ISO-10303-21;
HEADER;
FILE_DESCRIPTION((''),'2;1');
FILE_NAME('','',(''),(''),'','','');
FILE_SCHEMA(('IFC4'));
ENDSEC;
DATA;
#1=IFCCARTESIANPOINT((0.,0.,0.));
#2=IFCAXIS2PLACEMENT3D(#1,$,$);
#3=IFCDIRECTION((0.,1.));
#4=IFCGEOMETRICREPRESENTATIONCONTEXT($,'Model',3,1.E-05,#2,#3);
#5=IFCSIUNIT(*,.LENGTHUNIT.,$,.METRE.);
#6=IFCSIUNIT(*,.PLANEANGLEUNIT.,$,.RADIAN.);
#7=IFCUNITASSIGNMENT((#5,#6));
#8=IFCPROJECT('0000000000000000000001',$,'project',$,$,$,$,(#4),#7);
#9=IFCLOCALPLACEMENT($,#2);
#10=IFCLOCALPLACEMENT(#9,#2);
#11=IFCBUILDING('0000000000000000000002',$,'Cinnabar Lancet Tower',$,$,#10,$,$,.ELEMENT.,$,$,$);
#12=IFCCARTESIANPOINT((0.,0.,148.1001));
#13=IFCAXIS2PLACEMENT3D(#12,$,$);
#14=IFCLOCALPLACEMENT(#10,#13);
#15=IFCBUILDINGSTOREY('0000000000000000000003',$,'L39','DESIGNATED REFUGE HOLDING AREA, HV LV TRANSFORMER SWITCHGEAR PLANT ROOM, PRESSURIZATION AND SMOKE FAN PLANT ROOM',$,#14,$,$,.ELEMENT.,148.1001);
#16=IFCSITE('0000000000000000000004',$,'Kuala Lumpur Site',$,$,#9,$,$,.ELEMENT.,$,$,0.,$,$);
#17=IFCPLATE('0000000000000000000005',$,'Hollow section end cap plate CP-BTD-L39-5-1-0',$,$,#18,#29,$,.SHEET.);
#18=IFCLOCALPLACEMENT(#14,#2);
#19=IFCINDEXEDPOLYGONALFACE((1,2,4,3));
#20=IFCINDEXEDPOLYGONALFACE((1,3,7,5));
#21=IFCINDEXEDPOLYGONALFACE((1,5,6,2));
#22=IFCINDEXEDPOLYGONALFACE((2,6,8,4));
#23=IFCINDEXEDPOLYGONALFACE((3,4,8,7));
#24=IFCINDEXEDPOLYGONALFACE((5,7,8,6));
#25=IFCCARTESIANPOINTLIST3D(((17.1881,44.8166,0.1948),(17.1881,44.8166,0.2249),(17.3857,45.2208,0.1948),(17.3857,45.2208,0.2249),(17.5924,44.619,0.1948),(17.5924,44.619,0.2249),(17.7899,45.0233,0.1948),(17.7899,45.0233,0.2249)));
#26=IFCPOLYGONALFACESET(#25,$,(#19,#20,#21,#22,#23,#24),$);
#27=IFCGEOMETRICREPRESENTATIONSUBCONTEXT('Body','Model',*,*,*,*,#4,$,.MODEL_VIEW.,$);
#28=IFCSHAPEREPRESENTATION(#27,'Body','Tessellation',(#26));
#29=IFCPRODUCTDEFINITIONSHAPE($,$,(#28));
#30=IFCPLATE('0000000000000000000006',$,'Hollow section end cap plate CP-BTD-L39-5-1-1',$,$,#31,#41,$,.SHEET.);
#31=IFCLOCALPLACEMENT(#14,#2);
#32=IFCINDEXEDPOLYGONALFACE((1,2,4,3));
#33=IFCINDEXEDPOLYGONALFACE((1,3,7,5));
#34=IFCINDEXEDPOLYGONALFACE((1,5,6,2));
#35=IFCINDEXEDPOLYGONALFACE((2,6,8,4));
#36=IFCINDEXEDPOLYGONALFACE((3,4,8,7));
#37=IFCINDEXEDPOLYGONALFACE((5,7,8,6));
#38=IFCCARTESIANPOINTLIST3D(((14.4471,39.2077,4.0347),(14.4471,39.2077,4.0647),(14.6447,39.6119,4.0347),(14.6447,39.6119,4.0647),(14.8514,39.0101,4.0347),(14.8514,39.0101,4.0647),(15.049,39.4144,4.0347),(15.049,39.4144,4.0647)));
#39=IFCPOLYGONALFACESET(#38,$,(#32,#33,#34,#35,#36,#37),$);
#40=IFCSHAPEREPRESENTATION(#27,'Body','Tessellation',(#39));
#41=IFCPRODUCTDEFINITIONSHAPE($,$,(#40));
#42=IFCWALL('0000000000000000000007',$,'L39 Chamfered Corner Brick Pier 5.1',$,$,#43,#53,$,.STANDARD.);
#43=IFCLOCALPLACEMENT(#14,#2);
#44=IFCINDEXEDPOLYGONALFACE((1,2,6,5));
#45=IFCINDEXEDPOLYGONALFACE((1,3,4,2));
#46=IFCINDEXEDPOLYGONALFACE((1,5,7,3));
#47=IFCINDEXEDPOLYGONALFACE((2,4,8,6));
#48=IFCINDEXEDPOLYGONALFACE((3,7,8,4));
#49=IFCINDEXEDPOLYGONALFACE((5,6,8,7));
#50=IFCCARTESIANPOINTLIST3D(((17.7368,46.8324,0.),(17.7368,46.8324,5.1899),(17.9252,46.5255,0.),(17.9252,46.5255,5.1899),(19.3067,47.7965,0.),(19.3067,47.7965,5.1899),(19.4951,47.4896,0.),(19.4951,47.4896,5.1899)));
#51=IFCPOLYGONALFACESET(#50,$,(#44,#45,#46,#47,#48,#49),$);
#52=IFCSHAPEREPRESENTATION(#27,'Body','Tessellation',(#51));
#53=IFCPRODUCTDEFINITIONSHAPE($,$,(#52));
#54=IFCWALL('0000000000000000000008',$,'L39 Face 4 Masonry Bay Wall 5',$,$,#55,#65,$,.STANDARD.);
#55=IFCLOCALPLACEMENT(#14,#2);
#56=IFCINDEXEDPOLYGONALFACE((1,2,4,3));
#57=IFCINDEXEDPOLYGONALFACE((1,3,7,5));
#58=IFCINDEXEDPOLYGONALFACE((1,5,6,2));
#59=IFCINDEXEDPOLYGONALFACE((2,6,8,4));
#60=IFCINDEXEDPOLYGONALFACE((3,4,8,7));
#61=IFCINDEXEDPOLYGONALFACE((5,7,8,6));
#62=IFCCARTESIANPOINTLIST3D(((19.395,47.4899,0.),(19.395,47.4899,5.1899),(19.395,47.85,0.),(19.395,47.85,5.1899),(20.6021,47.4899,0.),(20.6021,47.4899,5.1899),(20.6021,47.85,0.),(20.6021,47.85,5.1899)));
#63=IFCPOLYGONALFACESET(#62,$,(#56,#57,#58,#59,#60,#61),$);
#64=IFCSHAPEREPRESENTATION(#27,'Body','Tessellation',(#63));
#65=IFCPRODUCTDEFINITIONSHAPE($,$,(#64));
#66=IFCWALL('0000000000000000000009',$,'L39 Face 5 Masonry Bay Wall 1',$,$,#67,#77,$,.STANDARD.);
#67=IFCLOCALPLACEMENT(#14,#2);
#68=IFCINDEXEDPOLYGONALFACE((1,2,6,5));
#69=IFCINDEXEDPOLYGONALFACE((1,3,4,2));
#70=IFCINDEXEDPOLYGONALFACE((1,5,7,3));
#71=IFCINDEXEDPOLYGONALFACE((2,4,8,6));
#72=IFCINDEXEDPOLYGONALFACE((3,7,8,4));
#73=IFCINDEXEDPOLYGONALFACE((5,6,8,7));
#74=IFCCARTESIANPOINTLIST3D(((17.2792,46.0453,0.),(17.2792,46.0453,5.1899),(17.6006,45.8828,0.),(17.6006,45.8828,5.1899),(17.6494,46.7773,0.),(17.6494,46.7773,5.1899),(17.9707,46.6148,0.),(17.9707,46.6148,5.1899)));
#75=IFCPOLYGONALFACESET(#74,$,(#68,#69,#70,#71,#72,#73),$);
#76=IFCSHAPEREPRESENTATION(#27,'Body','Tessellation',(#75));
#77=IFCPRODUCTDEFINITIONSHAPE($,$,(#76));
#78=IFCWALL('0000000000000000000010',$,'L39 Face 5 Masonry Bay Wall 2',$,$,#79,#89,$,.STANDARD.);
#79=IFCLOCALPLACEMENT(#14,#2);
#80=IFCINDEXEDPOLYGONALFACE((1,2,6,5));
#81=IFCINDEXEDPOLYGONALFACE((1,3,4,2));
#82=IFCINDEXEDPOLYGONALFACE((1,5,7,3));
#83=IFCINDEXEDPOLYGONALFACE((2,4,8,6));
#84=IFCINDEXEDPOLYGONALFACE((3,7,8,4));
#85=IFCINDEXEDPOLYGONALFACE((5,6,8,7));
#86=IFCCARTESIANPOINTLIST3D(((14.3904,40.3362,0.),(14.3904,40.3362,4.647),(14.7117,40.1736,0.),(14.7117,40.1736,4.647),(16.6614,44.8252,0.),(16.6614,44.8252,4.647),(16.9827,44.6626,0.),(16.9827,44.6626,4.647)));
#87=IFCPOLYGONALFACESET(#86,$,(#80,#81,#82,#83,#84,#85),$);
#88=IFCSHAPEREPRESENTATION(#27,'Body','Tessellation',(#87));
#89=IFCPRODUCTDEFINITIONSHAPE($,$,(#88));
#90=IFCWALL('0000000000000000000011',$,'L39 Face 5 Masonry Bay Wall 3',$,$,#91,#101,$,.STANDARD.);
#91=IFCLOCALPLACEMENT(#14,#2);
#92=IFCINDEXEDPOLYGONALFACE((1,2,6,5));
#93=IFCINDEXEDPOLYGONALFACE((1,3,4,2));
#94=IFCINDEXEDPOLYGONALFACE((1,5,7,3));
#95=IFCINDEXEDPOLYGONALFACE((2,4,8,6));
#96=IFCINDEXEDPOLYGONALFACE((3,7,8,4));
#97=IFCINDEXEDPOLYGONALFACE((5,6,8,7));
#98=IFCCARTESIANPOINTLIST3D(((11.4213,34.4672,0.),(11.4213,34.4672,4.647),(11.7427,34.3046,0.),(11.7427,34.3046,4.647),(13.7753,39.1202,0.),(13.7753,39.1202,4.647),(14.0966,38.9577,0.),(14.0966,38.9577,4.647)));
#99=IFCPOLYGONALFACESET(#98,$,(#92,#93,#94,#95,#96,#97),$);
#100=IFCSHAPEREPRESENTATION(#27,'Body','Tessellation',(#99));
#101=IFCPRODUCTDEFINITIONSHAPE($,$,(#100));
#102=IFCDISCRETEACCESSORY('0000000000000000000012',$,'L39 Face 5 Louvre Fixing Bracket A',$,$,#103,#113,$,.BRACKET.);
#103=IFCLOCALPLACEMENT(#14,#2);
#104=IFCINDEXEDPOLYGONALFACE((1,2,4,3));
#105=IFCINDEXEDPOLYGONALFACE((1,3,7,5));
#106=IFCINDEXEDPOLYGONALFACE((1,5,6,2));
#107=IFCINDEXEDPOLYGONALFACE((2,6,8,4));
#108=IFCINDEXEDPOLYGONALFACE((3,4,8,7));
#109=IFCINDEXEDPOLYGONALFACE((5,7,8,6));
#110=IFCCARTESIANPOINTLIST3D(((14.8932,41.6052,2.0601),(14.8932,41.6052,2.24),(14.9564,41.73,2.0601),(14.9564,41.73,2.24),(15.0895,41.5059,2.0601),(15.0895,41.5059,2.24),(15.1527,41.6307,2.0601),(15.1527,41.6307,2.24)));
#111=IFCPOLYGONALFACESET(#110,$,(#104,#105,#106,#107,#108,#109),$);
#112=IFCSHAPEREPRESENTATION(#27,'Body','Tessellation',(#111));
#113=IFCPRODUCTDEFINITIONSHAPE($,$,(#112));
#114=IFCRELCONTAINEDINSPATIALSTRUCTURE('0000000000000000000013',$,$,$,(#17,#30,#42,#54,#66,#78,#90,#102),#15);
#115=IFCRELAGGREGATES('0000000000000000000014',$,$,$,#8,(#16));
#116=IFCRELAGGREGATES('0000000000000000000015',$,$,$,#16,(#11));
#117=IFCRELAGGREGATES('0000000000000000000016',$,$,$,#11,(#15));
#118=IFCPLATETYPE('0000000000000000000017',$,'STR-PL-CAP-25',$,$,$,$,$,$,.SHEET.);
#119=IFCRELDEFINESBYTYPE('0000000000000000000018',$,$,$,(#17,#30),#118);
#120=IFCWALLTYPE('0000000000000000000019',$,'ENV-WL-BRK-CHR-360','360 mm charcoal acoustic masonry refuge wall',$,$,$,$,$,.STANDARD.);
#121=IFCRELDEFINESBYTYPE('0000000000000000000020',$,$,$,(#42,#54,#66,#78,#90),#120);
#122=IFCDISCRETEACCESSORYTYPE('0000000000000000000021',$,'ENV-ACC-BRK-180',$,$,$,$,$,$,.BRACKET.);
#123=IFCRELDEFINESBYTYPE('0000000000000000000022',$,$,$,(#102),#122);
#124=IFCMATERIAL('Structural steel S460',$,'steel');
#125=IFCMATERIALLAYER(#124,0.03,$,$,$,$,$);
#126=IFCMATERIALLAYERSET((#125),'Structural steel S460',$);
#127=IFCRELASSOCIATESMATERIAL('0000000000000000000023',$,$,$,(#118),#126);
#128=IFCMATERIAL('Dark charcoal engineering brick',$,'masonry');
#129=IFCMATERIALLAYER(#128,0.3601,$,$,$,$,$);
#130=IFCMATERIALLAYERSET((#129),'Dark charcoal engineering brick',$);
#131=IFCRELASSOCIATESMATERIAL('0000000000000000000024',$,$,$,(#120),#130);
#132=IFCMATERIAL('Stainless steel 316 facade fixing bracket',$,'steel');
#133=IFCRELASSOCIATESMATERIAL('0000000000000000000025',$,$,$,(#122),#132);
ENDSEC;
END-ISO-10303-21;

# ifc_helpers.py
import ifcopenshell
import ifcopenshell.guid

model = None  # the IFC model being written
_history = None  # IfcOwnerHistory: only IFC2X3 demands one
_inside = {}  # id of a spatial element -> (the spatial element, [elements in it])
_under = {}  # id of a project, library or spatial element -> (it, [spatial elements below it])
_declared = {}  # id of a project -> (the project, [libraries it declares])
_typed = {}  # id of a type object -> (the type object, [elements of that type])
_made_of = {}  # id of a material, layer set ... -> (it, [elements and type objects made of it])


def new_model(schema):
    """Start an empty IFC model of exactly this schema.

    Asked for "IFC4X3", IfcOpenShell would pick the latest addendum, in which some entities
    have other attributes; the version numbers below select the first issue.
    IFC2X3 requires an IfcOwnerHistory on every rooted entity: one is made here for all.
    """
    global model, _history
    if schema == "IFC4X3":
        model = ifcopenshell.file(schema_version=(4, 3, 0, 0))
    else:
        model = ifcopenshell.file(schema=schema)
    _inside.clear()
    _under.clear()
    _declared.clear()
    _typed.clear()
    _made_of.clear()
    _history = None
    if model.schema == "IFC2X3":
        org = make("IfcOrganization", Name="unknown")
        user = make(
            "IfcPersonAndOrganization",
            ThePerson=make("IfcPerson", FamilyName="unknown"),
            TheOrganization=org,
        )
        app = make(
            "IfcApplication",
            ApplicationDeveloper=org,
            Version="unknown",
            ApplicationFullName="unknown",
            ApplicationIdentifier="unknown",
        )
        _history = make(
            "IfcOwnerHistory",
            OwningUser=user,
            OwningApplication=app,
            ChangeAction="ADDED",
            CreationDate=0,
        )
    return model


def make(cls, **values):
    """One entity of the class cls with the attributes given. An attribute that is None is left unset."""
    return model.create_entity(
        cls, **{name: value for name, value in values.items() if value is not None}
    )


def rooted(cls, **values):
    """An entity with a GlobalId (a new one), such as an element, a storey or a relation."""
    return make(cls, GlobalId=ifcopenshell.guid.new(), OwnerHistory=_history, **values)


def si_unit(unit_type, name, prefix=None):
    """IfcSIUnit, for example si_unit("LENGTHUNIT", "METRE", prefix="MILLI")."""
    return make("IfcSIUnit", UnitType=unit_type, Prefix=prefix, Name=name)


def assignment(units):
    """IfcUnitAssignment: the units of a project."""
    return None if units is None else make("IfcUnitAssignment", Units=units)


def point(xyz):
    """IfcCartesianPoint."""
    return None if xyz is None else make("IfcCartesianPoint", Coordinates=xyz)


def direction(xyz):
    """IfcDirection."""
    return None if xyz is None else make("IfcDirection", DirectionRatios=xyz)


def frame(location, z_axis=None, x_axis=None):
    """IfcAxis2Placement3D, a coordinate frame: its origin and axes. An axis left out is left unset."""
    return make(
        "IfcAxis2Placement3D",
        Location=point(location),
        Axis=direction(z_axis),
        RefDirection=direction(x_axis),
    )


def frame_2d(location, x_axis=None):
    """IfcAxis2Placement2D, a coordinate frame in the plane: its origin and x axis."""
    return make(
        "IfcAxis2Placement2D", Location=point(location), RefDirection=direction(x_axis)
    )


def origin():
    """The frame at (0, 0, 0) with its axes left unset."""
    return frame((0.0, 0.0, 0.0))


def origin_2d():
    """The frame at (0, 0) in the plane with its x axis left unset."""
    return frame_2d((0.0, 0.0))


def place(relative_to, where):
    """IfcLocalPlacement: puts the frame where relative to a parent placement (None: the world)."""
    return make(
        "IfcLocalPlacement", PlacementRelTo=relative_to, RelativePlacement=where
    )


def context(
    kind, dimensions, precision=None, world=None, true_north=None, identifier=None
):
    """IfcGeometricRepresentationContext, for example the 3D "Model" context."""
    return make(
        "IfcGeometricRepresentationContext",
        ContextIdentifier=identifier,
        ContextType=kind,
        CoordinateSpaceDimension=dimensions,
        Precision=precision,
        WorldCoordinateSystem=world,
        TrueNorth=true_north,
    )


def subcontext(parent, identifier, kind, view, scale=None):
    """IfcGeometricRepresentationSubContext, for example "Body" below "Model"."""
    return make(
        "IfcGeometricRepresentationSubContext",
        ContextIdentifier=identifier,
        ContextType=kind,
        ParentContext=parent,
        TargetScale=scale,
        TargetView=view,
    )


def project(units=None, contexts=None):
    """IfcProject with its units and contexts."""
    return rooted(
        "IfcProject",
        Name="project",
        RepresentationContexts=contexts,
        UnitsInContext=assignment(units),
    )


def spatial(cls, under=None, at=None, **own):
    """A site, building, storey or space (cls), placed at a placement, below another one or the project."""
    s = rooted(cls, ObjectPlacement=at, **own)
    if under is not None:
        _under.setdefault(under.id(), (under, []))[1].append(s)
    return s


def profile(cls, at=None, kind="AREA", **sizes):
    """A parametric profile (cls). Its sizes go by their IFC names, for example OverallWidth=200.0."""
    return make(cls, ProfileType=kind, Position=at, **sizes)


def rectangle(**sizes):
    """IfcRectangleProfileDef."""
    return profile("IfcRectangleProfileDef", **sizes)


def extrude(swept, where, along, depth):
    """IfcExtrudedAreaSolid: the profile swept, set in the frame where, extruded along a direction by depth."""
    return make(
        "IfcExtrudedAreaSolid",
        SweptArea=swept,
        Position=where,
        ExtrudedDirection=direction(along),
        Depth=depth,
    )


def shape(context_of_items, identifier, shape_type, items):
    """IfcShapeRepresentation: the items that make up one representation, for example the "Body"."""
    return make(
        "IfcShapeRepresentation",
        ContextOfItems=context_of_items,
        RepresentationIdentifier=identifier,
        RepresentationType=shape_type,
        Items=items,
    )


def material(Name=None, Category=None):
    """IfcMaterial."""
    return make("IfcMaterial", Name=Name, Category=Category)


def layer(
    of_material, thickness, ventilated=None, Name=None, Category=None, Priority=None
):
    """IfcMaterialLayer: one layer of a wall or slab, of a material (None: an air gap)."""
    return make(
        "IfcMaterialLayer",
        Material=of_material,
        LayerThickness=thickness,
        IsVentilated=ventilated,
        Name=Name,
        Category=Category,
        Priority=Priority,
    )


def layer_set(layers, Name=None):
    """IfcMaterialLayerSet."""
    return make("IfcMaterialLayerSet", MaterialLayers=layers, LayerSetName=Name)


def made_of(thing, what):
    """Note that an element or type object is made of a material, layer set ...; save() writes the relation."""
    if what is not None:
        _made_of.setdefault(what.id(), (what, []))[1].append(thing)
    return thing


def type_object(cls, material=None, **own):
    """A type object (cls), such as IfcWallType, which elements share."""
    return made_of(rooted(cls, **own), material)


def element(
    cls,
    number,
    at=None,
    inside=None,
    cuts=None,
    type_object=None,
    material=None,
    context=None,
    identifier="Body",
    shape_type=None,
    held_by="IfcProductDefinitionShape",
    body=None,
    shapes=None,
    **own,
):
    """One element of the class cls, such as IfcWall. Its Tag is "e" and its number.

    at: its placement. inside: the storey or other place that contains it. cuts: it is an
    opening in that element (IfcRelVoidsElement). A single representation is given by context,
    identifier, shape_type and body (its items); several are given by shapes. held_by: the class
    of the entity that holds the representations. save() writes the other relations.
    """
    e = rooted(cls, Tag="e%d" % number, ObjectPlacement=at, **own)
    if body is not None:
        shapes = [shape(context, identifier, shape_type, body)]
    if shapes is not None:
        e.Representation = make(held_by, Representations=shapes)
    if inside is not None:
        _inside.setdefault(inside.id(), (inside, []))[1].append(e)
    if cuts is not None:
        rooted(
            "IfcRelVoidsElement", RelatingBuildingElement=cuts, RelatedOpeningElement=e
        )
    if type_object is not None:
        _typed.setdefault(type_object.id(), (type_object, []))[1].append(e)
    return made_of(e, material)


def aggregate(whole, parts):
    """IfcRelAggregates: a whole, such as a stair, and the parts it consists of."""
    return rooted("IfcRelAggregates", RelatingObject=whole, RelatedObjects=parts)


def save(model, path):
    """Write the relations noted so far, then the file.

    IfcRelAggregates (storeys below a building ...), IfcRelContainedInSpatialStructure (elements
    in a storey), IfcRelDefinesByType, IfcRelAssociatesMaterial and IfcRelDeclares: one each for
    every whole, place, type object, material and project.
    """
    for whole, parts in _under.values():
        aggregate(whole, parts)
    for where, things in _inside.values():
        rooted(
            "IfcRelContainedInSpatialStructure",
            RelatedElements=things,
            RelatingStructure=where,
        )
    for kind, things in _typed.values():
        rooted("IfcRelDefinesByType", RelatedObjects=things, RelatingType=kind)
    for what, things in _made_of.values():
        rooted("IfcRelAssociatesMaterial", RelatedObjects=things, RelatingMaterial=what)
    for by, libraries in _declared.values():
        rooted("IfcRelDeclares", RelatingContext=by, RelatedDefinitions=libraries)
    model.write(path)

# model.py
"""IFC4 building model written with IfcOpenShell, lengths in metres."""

from ifc_helpers import new_model, si_unit, direction, frame, frame_2d, origin, origin_2d, place, context, subcontext, project, spatial, rectangle, extrude, material, layer, layer_set, type_object, element, save


model = new_model("IFC4")

# Units and contexts
model_context = context("Model", 3, precision=1e-05, world=origin(), true_north=direction((0.0, 1.0)))
body_context = subcontext(model_context, "Body", "Model", "MODEL_VIEW")
ifc_project = project(units=[si_unit("LENGTHUNIT", "METRE"), si_unit("PLANEANGLEUNIT", "RADIAN")], contexts=[model_context])

# Site, building, storey
site_placement = place(None, origin())
site = spatial("IfcSite", under=ifc_project, at=site_placement, Name="Kuala Lumpur Site", CompositionType="ELEMENT", RefElevation=0.0)
building_placement = place(site_placement, origin())
building = spatial("IfcBuilding", under=site, at=building_placement, Name="Cinnabar Lancet Tower", CompositionType="ELEMENT")
storey_placement = place(building_placement, frame((0.0, 0.0, 148.1001)))
storey = spatial("IfcBuildingStorey", under=building, at=storey_placement, Name="L39", Description="DESIGNATED REFUGE HOLDING AREA, HV LV TRANSFORMER SWITCHGEAR PLANT ROOM, PRESSURIZATION AND SMOKE FAN PLANT ROOM", CompositionType="ELEMENT", Elevation=148.1001)

# Plates
ifc_material_1 = material(Name="Structural steel S460", Category="steel")
ifc_layer_1 = layer(ifc_material_1, 0.03)
ifc_layer_set_1 = layer_set([ifc_layer_1], Name="Structural steel S460")
plate_type = type_object("IfcPlateType", Name="STR-PL-CAP-25", PredefinedType="SHEET", material=ifc_layer_set_1)
for number, where, z_axis, x_axis, name in (
    (1, (17.489, 44.9199, 0.1948), (0.0, 0.0, 1.0), (0.439061, 0.898457, 0.0), "Hollow section end cap plate CP-BTD-L39-5-1-0"),
    (2, (14.748, 39.311, 4.0347), (0.0, 0.0, 1.0), (-0.439061, -0.898457, 0.0), "Hollow section end cap plate CP-BTD-L39-5-1-1"),
):
    element("IfcPlate", number, at=place(storey_placement, frame(where, z_axis=z_axis, x_axis=x_axis)), inside=storey, type_object=plate_type, Name=name, PredefinedType="SHEET", context=body_context, shape_type="SweptSolid", body=[
        extrude(rectangle(XDim=0.45, YDim=0.45, at=origin_2d()), origin(), (0.0, 0.0, 1.0), 0.03),
    ])

# Walls
ifc_material_2 = material(Name="Dark charcoal engineering brick", Category="masonry")
ifc_layer_2 = layer(ifc_material_2, 0.3601)
ifc_layer_set_2 = layer_set([ifc_layer_2], Name="Dark charcoal engineering brick")
wall_type = type_object("IfcWallType", Name="ENV-WL-BRK-CHR-360", Description="360 mm charcoal acoustic masonry refuge wall", PredefinedType="STANDARD", material=ifc_layer_set_2)
wall_1_placement = place(storey_placement, frame((19.4009, 47.6431, 0.0), z_axis=(0.0, 0.0, 1.0), x_axis=(-0.852127, -0.523336, 0.0)))
element("IfcWall", 3, at=wall_1_placement, inside=storey, type_object=wall_type, Name="L39 Chamfered Corner Brick Pier 5.1", PredefinedType="STANDARD", context=body_context, shape_type="SweptSolid", body=[
    extrude(rectangle(XDim=1.8423, YDim=0.3601, at=frame_2d((0.9211, 0.0))), origin(), (0.0, 0.0, 1.0), 5.1899),
])
wall_2_placement = place(storey_placement, frame((20.6021, 47.6699, 0.0), z_axis=(0.0, 0.0, 1.0), x_axis=(-1.0, 0.0, 0.0)))
element("IfcWall", 4, at=wall_2_placement, inside=storey, type_object=wall_type, Name="L39 Face 4 Masonry Bay Wall 5", PredefinedType="STANDARD", context=body_context, shape_type="SweptSolid", body=[
    extrude(rectangle(XDim=1.207, YDim=0.3601, at=frame_2d((0.6035, 0.0))), origin(), (0.0, 0.0, 1.0), 5.1899),
])
wall_3_placement = place(storey_placement, frame((17.8101, 46.696, 0.0), z_axis=(0.0, 0.0, 1.0), x_axis=(-0.451257, -0.892394, 0.0)))
element("IfcWall", 5, at=wall_3_placement, inside=storey, type_object=wall_type, Name="L39 Face 5 Masonry Bay Wall 1", PredefinedType="STANDARD", context=body_context, shape_type="SweptSolid", body=[
    extrude(rectangle(XDim=0.8203, YDim=0.3601, at=frame_2d((0.4102, 0.0))), origin(), (0.0, 0.0, 1.0), 5.1899),
])
wall_4_placement = place(storey_placement, frame((16.822, 44.7439, 0.0), z_axis=(0.0, 0.0, 1.0), x_axis=(-0.451421, -0.892311, 0.0)))
element("IfcWall", 6, at=wall_4_placement, inside=storey, type_object=wall_type, Name="L39 Face 5 Masonry Bay Wall 2", PredefinedType="STANDARD", context=body_context, shape_type="SweptSolid", body=[
    extrude(rectangle(XDim=5.0308, YDim=0.3601, at=frame_2d((2.5154, 0.0))), origin(), (0.0, 0.0, 1.0), 4.647),
])
wall_5_placement = place(storey_placement, frame((13.936, 39.0391, 0.0), z_axis=(0.0, 0.0, 1.0), x_axis=(-0.451422, -0.89231, 0.0)))
element("IfcWall", 7, at=wall_5_placement, inside=storey, type_object=wall_type, Name="L39 Face 5 Masonry Bay Wall 3", PredefinedType="STANDARD", context=body_context, shape_type="SweptSolid", body=[
    extrude(rectangle(XDim=5.2146, YDim=0.3601, at=frame_2d((2.6074, 0.0))), origin(), (0.0, 0.0, 1.0), 4.647),
])

# Discrete accessory
ifc_material_3 = material(Name="Stainless steel 316 facade fixing bracket", Category="steel")
discrete_accessory_type = type_object("IfcDiscreteAccessoryType", Name="ENV-ACC-BRK-180", PredefinedType="BRACKET", material=ifc_material_3)
discrete_accessory_placement = place(storey_placement, frame((15.0229, 41.6179, 2.0601), z_axis=(0.0, 0.0, 1.0), x_axis=(-0.451423, -0.89231, 0.0)))
element("IfcDiscreteAccessory", 8, at=discrete_accessory_placement, inside=storey, type_object=discrete_accessory_type, Name="L39 Face 5 Louvre Fixing Bracket A", PredefinedType="BRACKET", context=body_context, shape_type="SweptSolid", body=[
    extrude(rectangle(XDim=0.1399, YDim=0.22, at=origin_2d()), origin(), (0.0, 0.0, 1.0), 0.1799),
])

save(model, "model.ifc")
